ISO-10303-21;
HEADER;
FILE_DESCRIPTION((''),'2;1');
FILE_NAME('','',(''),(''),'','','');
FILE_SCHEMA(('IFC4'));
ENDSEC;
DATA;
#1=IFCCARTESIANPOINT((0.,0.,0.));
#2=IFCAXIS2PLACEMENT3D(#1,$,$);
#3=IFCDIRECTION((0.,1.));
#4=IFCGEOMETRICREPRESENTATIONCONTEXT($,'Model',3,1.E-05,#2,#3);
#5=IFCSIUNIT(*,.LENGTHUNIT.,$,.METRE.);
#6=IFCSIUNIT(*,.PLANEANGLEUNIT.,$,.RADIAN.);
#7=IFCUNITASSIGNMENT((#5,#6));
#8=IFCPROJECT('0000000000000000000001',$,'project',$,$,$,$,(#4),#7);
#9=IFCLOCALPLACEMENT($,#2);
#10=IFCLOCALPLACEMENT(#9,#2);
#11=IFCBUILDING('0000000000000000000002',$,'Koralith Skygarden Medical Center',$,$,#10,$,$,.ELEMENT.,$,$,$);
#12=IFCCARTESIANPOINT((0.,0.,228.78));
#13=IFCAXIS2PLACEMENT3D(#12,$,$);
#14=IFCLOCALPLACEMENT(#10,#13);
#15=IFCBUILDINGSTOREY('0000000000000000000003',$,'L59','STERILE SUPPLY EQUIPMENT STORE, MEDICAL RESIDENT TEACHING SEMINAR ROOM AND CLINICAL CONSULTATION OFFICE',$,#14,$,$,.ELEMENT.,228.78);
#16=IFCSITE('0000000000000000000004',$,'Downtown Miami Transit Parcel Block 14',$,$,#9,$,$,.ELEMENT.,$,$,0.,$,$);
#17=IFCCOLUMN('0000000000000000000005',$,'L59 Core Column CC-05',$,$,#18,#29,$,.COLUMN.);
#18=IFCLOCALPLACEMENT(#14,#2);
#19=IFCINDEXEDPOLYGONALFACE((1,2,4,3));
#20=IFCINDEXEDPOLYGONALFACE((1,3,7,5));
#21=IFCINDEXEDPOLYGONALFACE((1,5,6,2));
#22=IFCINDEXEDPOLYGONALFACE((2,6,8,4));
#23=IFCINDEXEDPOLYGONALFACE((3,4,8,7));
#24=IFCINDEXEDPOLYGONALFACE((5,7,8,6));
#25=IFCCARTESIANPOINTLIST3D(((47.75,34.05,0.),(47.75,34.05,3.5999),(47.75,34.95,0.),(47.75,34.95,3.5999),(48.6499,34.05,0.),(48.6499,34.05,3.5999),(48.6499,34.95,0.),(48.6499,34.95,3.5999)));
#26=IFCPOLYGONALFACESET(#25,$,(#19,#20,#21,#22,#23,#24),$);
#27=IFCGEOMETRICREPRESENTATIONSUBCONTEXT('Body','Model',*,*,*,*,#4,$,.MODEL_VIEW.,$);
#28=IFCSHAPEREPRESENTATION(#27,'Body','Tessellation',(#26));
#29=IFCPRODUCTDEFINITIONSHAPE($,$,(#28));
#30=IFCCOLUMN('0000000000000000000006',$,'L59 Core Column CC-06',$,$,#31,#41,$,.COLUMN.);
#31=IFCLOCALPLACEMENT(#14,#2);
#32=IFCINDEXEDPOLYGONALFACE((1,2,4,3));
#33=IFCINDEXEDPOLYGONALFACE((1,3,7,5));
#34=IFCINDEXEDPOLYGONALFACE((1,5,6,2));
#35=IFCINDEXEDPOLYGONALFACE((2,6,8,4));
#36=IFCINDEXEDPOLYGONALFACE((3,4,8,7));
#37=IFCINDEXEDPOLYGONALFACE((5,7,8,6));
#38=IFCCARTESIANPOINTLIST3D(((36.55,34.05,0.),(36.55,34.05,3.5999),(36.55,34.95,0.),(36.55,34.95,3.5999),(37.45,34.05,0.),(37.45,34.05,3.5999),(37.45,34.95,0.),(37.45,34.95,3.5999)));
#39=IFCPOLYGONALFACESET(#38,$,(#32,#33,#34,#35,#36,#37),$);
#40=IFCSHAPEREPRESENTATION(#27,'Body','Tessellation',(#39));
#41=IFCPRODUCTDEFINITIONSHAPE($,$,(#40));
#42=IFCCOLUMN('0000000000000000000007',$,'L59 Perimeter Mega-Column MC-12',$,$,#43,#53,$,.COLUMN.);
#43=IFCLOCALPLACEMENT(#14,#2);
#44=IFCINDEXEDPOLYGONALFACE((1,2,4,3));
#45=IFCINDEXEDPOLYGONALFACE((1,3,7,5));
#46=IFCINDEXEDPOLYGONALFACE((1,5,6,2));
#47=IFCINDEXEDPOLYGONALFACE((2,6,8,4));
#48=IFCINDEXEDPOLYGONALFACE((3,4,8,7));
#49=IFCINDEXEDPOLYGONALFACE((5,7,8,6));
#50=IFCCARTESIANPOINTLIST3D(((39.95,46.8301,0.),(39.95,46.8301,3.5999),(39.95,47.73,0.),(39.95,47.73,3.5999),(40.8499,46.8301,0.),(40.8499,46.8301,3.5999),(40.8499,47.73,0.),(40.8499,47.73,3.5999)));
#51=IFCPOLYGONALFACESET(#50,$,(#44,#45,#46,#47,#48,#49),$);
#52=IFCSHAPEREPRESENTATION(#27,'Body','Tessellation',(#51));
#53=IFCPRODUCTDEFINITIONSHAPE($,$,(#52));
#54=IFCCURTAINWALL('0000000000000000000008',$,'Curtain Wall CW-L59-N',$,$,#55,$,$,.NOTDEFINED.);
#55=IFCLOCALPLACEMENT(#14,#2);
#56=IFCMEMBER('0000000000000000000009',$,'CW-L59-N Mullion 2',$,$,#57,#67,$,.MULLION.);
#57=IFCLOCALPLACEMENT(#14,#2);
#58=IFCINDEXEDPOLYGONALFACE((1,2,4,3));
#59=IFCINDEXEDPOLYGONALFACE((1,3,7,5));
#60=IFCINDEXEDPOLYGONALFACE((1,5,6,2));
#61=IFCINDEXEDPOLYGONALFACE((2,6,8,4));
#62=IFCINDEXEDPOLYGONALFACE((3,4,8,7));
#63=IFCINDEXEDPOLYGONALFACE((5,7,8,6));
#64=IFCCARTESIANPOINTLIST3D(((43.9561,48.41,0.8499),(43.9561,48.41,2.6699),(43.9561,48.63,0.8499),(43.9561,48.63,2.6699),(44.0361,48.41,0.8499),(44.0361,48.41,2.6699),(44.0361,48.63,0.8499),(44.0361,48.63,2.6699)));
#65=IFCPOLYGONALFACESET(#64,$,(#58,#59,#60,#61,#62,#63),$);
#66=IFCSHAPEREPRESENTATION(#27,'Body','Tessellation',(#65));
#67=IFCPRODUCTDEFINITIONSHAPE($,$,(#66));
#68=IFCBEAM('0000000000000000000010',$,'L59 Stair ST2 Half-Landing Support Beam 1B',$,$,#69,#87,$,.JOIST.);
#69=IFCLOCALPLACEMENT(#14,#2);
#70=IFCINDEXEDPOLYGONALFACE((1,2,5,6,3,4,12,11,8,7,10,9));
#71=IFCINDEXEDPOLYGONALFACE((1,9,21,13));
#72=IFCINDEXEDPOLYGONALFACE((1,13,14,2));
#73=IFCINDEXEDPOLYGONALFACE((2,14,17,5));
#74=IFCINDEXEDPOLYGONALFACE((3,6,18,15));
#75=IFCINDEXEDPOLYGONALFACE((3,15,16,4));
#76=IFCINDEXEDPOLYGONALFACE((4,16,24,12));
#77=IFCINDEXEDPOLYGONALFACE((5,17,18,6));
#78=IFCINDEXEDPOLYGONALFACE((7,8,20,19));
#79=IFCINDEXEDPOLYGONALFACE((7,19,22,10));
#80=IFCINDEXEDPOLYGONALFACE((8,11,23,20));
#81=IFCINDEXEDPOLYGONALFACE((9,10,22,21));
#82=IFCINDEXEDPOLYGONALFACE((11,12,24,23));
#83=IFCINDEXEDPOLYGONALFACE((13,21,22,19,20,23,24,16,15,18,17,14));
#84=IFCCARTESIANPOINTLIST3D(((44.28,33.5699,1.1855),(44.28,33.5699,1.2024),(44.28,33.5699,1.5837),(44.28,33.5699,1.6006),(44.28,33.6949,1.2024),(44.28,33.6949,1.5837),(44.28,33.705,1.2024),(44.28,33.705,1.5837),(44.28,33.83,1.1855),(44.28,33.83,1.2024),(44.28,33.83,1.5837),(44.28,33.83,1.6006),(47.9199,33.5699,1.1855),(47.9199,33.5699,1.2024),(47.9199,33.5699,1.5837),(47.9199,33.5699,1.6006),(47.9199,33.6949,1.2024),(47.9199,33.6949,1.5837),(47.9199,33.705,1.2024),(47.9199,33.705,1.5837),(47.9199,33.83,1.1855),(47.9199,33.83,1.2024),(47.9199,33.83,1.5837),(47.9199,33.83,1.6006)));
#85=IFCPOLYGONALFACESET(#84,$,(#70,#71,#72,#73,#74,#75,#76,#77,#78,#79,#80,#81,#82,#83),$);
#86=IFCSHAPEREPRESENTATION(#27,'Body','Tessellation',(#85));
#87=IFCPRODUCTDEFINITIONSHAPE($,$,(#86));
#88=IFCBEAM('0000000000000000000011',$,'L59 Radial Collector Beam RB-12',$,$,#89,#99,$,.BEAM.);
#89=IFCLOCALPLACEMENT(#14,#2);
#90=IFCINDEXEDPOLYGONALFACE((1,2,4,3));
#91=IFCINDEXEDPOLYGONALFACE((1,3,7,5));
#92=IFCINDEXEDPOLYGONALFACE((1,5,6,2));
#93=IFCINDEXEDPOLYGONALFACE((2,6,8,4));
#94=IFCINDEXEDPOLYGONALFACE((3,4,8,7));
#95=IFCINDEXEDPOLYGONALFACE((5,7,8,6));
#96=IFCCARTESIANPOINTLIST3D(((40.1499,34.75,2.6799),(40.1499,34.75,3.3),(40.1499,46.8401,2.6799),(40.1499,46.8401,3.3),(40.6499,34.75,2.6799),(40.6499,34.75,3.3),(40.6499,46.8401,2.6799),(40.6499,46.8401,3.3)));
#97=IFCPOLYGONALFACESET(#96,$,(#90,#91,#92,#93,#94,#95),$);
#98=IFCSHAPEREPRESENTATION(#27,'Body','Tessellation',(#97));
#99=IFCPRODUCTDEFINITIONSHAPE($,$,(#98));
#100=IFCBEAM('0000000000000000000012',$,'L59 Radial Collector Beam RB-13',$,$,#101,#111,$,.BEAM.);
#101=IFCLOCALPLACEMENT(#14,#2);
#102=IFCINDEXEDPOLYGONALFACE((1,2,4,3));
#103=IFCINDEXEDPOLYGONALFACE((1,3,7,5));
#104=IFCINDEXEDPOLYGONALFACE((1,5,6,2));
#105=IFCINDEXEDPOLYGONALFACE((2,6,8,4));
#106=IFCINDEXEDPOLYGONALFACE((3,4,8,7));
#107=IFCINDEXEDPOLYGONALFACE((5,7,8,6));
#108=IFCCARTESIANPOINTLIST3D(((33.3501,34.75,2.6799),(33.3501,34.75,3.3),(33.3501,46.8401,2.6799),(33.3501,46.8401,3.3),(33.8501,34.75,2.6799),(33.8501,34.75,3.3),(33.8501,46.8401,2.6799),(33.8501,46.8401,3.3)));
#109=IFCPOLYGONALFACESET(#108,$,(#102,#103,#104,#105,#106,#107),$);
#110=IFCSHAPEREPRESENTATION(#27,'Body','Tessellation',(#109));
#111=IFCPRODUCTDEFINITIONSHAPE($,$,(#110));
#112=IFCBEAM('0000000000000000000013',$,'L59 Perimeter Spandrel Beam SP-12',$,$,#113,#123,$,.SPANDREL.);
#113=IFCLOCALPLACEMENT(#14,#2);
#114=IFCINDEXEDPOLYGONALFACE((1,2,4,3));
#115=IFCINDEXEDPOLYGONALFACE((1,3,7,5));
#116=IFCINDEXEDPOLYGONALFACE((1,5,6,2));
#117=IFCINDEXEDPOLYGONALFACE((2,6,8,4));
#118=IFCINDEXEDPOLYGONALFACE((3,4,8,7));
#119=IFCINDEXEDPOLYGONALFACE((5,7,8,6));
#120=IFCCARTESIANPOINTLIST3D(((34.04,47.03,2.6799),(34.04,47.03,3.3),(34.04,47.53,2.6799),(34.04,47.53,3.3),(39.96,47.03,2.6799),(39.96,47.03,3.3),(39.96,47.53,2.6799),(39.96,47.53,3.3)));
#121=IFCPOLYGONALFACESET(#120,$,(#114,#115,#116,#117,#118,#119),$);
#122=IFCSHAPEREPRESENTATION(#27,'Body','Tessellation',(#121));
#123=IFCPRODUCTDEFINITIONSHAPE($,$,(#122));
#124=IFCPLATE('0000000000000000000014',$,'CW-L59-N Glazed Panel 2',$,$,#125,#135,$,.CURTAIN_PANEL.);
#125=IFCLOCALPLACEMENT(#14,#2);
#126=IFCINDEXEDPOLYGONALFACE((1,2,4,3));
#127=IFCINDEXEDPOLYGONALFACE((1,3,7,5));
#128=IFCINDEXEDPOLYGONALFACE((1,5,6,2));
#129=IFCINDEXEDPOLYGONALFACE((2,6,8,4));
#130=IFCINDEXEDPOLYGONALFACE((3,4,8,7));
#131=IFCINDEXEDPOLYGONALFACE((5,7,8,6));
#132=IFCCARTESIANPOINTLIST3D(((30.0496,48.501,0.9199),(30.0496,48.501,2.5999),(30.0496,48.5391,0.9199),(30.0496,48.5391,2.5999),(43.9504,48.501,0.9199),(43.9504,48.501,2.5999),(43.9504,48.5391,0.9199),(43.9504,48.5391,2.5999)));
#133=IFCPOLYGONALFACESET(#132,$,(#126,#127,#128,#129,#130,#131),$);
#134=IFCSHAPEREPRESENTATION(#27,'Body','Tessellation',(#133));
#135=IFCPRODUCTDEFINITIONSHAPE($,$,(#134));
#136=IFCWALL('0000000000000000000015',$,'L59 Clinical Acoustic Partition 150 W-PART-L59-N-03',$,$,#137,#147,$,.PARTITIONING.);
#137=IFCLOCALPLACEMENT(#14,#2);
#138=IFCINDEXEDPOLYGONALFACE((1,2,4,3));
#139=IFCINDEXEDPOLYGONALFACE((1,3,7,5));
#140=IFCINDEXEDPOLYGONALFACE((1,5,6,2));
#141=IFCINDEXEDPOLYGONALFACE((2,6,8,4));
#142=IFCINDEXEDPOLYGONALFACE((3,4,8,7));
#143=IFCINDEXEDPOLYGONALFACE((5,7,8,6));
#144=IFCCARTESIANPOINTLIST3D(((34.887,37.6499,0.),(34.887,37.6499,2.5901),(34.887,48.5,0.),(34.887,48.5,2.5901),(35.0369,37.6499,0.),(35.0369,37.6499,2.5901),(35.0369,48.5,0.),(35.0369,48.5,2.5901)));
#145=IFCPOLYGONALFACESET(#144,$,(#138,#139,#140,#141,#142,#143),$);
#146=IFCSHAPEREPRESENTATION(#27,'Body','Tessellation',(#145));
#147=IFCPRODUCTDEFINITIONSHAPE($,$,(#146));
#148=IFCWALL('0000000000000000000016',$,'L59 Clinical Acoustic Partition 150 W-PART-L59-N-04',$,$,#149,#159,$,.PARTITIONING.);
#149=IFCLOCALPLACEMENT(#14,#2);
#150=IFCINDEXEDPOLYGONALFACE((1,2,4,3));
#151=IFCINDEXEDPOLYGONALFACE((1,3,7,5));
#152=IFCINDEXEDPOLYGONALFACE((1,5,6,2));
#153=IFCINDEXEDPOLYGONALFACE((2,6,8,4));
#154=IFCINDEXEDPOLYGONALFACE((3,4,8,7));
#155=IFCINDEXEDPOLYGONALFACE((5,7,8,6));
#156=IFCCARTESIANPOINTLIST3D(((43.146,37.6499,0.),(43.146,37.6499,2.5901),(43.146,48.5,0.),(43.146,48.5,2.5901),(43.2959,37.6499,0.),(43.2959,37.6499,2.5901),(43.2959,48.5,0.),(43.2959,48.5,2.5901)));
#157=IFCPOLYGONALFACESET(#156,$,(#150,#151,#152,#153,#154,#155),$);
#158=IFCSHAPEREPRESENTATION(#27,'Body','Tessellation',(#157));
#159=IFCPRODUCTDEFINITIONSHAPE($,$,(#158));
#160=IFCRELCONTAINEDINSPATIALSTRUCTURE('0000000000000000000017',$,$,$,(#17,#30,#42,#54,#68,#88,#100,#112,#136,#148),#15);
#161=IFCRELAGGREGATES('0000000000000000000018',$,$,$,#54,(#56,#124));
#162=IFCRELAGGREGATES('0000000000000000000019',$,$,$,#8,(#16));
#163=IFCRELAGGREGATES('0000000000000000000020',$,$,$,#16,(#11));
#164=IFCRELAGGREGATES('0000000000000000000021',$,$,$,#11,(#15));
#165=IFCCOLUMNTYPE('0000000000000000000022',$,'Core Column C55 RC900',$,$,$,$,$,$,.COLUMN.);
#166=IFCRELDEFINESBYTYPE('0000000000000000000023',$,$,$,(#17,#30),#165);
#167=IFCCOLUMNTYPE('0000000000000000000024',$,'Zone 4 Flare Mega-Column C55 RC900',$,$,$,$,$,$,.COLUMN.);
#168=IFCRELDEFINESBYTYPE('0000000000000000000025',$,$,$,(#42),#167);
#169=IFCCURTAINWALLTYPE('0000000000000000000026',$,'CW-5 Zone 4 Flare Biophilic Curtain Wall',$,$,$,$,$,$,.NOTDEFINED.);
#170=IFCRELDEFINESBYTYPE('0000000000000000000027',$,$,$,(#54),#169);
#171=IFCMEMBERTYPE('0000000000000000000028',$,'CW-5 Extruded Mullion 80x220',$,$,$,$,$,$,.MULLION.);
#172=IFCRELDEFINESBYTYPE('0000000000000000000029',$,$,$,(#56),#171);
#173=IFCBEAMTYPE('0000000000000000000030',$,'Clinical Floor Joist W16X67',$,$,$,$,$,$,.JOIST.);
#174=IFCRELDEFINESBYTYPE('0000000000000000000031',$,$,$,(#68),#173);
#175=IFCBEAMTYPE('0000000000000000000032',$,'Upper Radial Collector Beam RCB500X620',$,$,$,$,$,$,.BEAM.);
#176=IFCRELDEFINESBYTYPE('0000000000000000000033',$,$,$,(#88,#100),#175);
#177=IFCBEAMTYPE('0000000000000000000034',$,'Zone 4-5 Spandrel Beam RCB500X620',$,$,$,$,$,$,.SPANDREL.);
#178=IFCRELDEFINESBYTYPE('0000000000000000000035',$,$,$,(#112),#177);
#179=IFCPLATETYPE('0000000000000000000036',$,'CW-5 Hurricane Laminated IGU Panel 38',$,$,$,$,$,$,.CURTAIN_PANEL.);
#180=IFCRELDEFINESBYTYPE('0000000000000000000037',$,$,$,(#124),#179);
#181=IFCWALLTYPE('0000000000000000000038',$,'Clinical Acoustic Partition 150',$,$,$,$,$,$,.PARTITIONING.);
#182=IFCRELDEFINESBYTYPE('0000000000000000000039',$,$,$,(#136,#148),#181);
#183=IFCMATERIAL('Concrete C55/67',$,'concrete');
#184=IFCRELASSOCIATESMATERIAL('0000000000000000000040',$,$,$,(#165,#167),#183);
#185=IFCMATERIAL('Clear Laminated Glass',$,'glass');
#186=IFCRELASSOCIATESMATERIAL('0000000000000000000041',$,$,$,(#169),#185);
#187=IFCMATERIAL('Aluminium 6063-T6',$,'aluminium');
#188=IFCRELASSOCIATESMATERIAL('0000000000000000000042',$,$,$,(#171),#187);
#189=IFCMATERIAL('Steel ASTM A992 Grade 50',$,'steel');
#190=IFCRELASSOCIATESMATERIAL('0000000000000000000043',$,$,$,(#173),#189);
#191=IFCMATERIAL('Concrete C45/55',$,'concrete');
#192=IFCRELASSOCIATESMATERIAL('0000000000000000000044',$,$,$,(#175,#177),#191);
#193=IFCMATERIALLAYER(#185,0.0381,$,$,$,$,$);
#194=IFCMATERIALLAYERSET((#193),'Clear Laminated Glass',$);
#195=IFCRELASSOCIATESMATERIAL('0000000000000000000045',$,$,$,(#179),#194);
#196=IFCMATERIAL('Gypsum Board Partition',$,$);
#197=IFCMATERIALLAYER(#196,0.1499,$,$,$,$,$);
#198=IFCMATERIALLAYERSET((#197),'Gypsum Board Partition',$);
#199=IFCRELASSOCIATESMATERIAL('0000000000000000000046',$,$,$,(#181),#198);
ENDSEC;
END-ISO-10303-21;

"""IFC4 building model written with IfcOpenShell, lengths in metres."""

from ifc_helpers import new_model, si_unit, direction, frame, frame_2d, origin, origin_2d, place, context, subcontext, project, spatial, rectangle, i_section, extrude, material, layer, layer_set, material_profile, profile_set, type_object, element, aggregate, save


model = new_model("IFC4")

# Units and contexts
model_context = context("Model", 3, precision=1e-05, world=origin(), true_north=direction((0.0, 1.0)))
body_context = subcontext(model_context, "Body", "Model", "MODEL_VIEW")
ifc_project = project(units=[si_unit("LENGTHUNIT", "METRE"), si_unit("PLANEANGLEUNIT", "RADIAN")], contexts=[model_context])

# Site, building, storey
site_placement = place(None, origin())
site = spatial("IfcSite", under=ifc_project, at=site_placement, Name="Downtown Miami Transit Parcel Block 14", CompositionType="ELEMENT", RefElevation=0.0)
building_placement = place(site_placement, origin())
building = spatial("IfcBuilding", under=site, at=building_placement, Name="Koralith Skygarden Medical Center", CompositionType="ELEMENT")
storey_placement = place(building_placement, frame((0.0, 0.0, 228.78)))
storey = spatial("IfcBuildingStorey", under=building, at=storey_placement, Name="L59", Description="STERILE SUPPLY EQUIPMENT STORE, MEDICAL RESIDENT TEACHING SEMINAR ROOM AND CLINICAL CONSULTATION OFFICE", CompositionType="ELEMENT", Elevation=228.78)

# Columns
ifc_material_1 = material(Name="Concrete C55/67", Category="concrete")
ifc_material_profile_1 = material_profile(ifc_material_1, rectangle(XDim=0.8999, YDim=0.8999, at=origin_2d()), Name="RC900X900")
ifc_profile_set_1 = profile_set([ifc_material_profile_1], Name="Concrete C55/67")
column_type_1 = type_object("IfcColumnType", Name="Core Column C55 RC900", PredefinedType="COLUMN", material=ifc_profile_set_1)
for number, where, z_axis, x_axis, name in (
    (1, (48.2, 34.5, 0.0), (0.0, 0.0, 1.0), (1.0, 0.0, 0.0), "L59 Core Column CC-05"),
    (2, (37.0, 34.5, 0.0), (0.0, 0.0, 1.0), (1.0, 0.0, 0.0), "L59 Core Column CC-06"),
):
    element("IfcColumn", number, at=place(storey_placement, frame(where, z_axis=z_axis, x_axis=x_axis)), inside=storey, type_object=column_type_1, Name=name, PredefinedType="COLUMN", context=body_context, shape_type="SweptSolid", body=[
        extrude(rectangle(XDim=0.8999, YDim=0.8999, at=origin_2d()), origin(), (0.0, 0.0, 1.0), 3.5999),
    ])
ifc_material_profile_2 = material_profile(ifc_material_1, rectangle(XDim=0.8999, YDim=0.8999, at=origin_2d()), Name="RC900X900")
ifc_profile_set_2 = profile_set([ifc_material_profile_2], Name="Concrete C55/67")
column_type_2 = type_object("IfcColumnType", Name="Zone 4 Flare Mega-Column C55 RC900", PredefinedType="COLUMN", material=ifc_profile_set_2)
column_placement = place(storey_placement, frame((40.3999, 47.28, 0.0), z_axis=(0.0, 0.0, 1.0), x_axis=(1.0, 0.0, 0.0)))
element("IfcColumn", 3, at=column_placement, inside=storey, type_object=column_type_2, Name="L59 Perimeter Mega-Column MC-12", PredefinedType="COLUMN", context=body_context, shape_type="SweptSolid", body=[
    extrude(rectangle(XDim=0.8999, YDim=0.8999, at=origin_2d()), origin(), (0.0, 0.0, 1.0), 3.5999),
])

# Curtain wall, member
ifc_material_2 = material(Name="Clear Laminated Glass", Category="glass")
curtain_wall_type = type_object("IfcCurtainWallType", Name="CW-5 Zone 4 Flare Biophilic Curtain Wall", PredefinedType="NOTDEFINED", material=ifc_material_2)
curtain_wall_placement = place(storey_placement, origin())
curtain_wall = element("IfcCurtainWall", 4, at=curtain_wall_placement, inside=storey, type_object=curtain_wall_type, Name="Curtain Wall CW-L59-N", PredefinedType="NOTDEFINED")
ifc_material_3 = material(Name="Aluminium 6063-T6", Category="aluminium")
ifc_material_profile_3 = material_profile(ifc_material_3, rectangle(XDim=0.0801, YDim=0.22, at=origin_2d()), Name="MUL80X220")
ifc_profile_set_3 = profile_set([ifc_material_profile_3], Name="Aluminium 6063-T6")
member_type = type_object("IfcMemberType", Name="CW-5 Extruded Mullion 80x220", PredefinedType="MULLION", material=ifc_profile_set_3)
member_placement = place(storey_placement, frame((43.9961, 48.52, 0.8499), z_axis=(0.0, 0.0, 1.0), x_axis=(1.0, 0.0, 0.0)))
member = element("IfcMember", 5, at=member_placement, type_object=member_type, Name="CW-L59-N Mullion 2", PredefinedType="MULLION", context=body_context, shape_type="SweptSolid", body=[
    extrude(rectangle(XDim=0.0801, YDim=0.22, at=origin_2d()), origin(), (0.0, 0.0, 1.0), 1.8201),
])

# Beams
ifc_material_4 = material(Name="Steel ASTM A992 Grade 50", Category="steel")
ifc_material_profile_4 = material_profile(ifc_material_4, i_section(OverallWidth=0.26, OverallDepth=0.415, WebThickness=0.01, FlangeThickness=0.0168, at=origin_2d()), Name="W16X67")
ifc_profile_set_4 = profile_set([ifc_material_profile_4], Name="Steel ASTM A992 Grade 50")
beam_type_1 = type_object("IfcBeamType", Name="Clinical Floor Joist W16X67", PredefinedType="JOIST", material=ifc_profile_set_4)
beam_1_placement = place(storey_placement, frame((44.28, 33.7, 1.3931), z_axis=(1.0, 0.0, 0.0), x_axis=(0.0, 1.0, 0.0)))
element("IfcBeam", 6, at=beam_1_placement, inside=storey, type_object=beam_type_1, Name="L59 Stair ST2 Half-Landing Support Beam 1B", PredefinedType="JOIST", context=body_context, shape_type="SweptSolid", body=[
    extrude(i_section(OverallWidth=0.26, OverallDepth=0.415, WebThickness=0.01, FlangeThickness=0.0168, at=origin_2d()), origin(), (0.0, 0.0, 1.0), 3.6399),
])
ifc_material_5 = material(Name="Concrete C45/55", Category="concrete")
ifc_material_profile_5 = material_profile(ifc_material_5, rectangle(XDim=0.5, YDim=0.6201, at=origin_2d()), Name="RCB500X620")
ifc_profile_set_5 = profile_set([ifc_material_profile_5], Name="Concrete C45/55")
beam_type_2 = type_object("IfcBeamType", Name="Upper Radial Collector Beam RCB500X620", PredefinedType="BEAM", material=ifc_profile_set_5)
for number, where, z_axis, x_axis, name in (
    (7, (40.3999, 34.75, 2.99), (0.0, 1.0, 0.0), (-1.0, 0.0, 0.0), "L59 Radial Collector Beam RB-12"),
    (8, (33.6001, 34.75, 2.99), (0.0, 1.0, 0.0), (-1.0, 0.0, 0.0), "L59 Radial Collector Beam RB-13"),
):
    element("IfcBeam", number, at=place(storey_placement, frame(where, z_axis=z_axis, x_axis=x_axis)), inside=storey, type_object=beam_type_2, Name=name, PredefinedType="BEAM", context=body_context, shape_type="SweptSolid", body=[
        extrude(rectangle(XDim=0.5, YDim=0.6201, at=origin_2d()), origin(), (0.0, 0.0, 1.0), 12.0901),
    ])
ifc_material_profile_6 = material_profile(ifc_material_5, rectangle(XDim=0.5, YDim=0.6201, at=origin_2d()), Name="RCB500X620")
ifc_profile_set_6 = profile_set([ifc_material_profile_6], Name="Concrete C45/55")
beam_type_3 = type_object("IfcBeamType", Name="Zone 4-5 Spandrel Beam RCB500X620", PredefinedType="SPANDREL", material=ifc_profile_set_6)
beam_2_placement = place(storey_placement, frame((39.96, 47.28, 2.99), z_axis=(-1.0, 0.0, 0.0), x_axis=(0.0, -1.0, 0.0)))
element("IfcBeam", 9, at=beam_2_placement, inside=storey, type_object=beam_type_3, Name="L59 Perimeter Spandrel Beam SP-12", PredefinedType="SPANDREL", context=body_context, shape_type="SweptSolid", body=[
    extrude(rectangle(XDim=0.5, YDim=0.6201, at=origin_2d()), origin(), (0.0, 0.0, 1.0), 5.9199),
])

# Plate
ifc_layer_1 = layer(ifc_material_2, 0.0381)
ifc_layer_set_1 = layer_set([ifc_layer_1], Name="Clear Laminated Glass")
plate_type = type_object("IfcPlateType", Name="CW-5 Hurricane Laminated IGU Panel 38", PredefinedType="CURTAIN_PANEL", material=ifc_layer_set_1)
plate_placement = place(storey_placement, frame((37.0, 48.52, 0.9199), z_axis=(0.0, 0.0, 1.0), x_axis=(-1.0, 0.0, 0.0)))
plate = element("IfcPlate", 10, at=plate_placement, type_object=plate_type, Name="CW-L59-N Glazed Panel 2", PredefinedType="CURTAIN_PANEL", context=body_context, shape_type="SweptSolid", body=[
    extrude(rectangle(XDim=13.9009, YDim=0.0381, at=origin_2d()), origin(), (0.0, 0.0, 1.0), 1.6799),
])
aggregate(curtain_wall, [member, plate])

# Walls
ifc_material_6 = material(Name="Gypsum Board Partition")
ifc_layer_2 = layer(ifc_material_6, 0.1499)
ifc_layer_set_2 = layer_set([ifc_layer_2], Name="Gypsum Board Partition")
wall_type_1 = type_object("IfcWallType", Name="Clinical Acoustic Partition 150", PredefinedType="PARTITIONING", material=ifc_layer_set_2)
for number, where, z_axis, x_axis, name in (
    (11, (34.9619, 37.6499, 0.0), (0.0, 0.0, 1.0), (0.0, 1.0, 0.0), "L59 Clinical Acoustic Partition 150 W-PART-L59-N-03"),
    (12, (43.2209, 37.6499, 0.0), (0.0, 0.0, 1.0), (0.0, 1.0, 0.0), "L59 Clinical Acoustic Partition 150 W-PART-L59-N-04"),
):
    element("IfcWall", number, at=place(storey_placement, frame(where, z_axis=z_axis, x_axis=x_axis)), inside=storey, type_object=wall_type_1, Name=name, PredefinedType="PARTITIONING", context=body_context, shape_type="SweptSolid", body=[
        extrude(rectangle(XDim=10.8501, YDim=0.1499, at=frame_2d((5.425, 0.0))), origin(), (0.0, 0.0, 1.0), 2.5901),
    ])

save(model, "model.ifc")
